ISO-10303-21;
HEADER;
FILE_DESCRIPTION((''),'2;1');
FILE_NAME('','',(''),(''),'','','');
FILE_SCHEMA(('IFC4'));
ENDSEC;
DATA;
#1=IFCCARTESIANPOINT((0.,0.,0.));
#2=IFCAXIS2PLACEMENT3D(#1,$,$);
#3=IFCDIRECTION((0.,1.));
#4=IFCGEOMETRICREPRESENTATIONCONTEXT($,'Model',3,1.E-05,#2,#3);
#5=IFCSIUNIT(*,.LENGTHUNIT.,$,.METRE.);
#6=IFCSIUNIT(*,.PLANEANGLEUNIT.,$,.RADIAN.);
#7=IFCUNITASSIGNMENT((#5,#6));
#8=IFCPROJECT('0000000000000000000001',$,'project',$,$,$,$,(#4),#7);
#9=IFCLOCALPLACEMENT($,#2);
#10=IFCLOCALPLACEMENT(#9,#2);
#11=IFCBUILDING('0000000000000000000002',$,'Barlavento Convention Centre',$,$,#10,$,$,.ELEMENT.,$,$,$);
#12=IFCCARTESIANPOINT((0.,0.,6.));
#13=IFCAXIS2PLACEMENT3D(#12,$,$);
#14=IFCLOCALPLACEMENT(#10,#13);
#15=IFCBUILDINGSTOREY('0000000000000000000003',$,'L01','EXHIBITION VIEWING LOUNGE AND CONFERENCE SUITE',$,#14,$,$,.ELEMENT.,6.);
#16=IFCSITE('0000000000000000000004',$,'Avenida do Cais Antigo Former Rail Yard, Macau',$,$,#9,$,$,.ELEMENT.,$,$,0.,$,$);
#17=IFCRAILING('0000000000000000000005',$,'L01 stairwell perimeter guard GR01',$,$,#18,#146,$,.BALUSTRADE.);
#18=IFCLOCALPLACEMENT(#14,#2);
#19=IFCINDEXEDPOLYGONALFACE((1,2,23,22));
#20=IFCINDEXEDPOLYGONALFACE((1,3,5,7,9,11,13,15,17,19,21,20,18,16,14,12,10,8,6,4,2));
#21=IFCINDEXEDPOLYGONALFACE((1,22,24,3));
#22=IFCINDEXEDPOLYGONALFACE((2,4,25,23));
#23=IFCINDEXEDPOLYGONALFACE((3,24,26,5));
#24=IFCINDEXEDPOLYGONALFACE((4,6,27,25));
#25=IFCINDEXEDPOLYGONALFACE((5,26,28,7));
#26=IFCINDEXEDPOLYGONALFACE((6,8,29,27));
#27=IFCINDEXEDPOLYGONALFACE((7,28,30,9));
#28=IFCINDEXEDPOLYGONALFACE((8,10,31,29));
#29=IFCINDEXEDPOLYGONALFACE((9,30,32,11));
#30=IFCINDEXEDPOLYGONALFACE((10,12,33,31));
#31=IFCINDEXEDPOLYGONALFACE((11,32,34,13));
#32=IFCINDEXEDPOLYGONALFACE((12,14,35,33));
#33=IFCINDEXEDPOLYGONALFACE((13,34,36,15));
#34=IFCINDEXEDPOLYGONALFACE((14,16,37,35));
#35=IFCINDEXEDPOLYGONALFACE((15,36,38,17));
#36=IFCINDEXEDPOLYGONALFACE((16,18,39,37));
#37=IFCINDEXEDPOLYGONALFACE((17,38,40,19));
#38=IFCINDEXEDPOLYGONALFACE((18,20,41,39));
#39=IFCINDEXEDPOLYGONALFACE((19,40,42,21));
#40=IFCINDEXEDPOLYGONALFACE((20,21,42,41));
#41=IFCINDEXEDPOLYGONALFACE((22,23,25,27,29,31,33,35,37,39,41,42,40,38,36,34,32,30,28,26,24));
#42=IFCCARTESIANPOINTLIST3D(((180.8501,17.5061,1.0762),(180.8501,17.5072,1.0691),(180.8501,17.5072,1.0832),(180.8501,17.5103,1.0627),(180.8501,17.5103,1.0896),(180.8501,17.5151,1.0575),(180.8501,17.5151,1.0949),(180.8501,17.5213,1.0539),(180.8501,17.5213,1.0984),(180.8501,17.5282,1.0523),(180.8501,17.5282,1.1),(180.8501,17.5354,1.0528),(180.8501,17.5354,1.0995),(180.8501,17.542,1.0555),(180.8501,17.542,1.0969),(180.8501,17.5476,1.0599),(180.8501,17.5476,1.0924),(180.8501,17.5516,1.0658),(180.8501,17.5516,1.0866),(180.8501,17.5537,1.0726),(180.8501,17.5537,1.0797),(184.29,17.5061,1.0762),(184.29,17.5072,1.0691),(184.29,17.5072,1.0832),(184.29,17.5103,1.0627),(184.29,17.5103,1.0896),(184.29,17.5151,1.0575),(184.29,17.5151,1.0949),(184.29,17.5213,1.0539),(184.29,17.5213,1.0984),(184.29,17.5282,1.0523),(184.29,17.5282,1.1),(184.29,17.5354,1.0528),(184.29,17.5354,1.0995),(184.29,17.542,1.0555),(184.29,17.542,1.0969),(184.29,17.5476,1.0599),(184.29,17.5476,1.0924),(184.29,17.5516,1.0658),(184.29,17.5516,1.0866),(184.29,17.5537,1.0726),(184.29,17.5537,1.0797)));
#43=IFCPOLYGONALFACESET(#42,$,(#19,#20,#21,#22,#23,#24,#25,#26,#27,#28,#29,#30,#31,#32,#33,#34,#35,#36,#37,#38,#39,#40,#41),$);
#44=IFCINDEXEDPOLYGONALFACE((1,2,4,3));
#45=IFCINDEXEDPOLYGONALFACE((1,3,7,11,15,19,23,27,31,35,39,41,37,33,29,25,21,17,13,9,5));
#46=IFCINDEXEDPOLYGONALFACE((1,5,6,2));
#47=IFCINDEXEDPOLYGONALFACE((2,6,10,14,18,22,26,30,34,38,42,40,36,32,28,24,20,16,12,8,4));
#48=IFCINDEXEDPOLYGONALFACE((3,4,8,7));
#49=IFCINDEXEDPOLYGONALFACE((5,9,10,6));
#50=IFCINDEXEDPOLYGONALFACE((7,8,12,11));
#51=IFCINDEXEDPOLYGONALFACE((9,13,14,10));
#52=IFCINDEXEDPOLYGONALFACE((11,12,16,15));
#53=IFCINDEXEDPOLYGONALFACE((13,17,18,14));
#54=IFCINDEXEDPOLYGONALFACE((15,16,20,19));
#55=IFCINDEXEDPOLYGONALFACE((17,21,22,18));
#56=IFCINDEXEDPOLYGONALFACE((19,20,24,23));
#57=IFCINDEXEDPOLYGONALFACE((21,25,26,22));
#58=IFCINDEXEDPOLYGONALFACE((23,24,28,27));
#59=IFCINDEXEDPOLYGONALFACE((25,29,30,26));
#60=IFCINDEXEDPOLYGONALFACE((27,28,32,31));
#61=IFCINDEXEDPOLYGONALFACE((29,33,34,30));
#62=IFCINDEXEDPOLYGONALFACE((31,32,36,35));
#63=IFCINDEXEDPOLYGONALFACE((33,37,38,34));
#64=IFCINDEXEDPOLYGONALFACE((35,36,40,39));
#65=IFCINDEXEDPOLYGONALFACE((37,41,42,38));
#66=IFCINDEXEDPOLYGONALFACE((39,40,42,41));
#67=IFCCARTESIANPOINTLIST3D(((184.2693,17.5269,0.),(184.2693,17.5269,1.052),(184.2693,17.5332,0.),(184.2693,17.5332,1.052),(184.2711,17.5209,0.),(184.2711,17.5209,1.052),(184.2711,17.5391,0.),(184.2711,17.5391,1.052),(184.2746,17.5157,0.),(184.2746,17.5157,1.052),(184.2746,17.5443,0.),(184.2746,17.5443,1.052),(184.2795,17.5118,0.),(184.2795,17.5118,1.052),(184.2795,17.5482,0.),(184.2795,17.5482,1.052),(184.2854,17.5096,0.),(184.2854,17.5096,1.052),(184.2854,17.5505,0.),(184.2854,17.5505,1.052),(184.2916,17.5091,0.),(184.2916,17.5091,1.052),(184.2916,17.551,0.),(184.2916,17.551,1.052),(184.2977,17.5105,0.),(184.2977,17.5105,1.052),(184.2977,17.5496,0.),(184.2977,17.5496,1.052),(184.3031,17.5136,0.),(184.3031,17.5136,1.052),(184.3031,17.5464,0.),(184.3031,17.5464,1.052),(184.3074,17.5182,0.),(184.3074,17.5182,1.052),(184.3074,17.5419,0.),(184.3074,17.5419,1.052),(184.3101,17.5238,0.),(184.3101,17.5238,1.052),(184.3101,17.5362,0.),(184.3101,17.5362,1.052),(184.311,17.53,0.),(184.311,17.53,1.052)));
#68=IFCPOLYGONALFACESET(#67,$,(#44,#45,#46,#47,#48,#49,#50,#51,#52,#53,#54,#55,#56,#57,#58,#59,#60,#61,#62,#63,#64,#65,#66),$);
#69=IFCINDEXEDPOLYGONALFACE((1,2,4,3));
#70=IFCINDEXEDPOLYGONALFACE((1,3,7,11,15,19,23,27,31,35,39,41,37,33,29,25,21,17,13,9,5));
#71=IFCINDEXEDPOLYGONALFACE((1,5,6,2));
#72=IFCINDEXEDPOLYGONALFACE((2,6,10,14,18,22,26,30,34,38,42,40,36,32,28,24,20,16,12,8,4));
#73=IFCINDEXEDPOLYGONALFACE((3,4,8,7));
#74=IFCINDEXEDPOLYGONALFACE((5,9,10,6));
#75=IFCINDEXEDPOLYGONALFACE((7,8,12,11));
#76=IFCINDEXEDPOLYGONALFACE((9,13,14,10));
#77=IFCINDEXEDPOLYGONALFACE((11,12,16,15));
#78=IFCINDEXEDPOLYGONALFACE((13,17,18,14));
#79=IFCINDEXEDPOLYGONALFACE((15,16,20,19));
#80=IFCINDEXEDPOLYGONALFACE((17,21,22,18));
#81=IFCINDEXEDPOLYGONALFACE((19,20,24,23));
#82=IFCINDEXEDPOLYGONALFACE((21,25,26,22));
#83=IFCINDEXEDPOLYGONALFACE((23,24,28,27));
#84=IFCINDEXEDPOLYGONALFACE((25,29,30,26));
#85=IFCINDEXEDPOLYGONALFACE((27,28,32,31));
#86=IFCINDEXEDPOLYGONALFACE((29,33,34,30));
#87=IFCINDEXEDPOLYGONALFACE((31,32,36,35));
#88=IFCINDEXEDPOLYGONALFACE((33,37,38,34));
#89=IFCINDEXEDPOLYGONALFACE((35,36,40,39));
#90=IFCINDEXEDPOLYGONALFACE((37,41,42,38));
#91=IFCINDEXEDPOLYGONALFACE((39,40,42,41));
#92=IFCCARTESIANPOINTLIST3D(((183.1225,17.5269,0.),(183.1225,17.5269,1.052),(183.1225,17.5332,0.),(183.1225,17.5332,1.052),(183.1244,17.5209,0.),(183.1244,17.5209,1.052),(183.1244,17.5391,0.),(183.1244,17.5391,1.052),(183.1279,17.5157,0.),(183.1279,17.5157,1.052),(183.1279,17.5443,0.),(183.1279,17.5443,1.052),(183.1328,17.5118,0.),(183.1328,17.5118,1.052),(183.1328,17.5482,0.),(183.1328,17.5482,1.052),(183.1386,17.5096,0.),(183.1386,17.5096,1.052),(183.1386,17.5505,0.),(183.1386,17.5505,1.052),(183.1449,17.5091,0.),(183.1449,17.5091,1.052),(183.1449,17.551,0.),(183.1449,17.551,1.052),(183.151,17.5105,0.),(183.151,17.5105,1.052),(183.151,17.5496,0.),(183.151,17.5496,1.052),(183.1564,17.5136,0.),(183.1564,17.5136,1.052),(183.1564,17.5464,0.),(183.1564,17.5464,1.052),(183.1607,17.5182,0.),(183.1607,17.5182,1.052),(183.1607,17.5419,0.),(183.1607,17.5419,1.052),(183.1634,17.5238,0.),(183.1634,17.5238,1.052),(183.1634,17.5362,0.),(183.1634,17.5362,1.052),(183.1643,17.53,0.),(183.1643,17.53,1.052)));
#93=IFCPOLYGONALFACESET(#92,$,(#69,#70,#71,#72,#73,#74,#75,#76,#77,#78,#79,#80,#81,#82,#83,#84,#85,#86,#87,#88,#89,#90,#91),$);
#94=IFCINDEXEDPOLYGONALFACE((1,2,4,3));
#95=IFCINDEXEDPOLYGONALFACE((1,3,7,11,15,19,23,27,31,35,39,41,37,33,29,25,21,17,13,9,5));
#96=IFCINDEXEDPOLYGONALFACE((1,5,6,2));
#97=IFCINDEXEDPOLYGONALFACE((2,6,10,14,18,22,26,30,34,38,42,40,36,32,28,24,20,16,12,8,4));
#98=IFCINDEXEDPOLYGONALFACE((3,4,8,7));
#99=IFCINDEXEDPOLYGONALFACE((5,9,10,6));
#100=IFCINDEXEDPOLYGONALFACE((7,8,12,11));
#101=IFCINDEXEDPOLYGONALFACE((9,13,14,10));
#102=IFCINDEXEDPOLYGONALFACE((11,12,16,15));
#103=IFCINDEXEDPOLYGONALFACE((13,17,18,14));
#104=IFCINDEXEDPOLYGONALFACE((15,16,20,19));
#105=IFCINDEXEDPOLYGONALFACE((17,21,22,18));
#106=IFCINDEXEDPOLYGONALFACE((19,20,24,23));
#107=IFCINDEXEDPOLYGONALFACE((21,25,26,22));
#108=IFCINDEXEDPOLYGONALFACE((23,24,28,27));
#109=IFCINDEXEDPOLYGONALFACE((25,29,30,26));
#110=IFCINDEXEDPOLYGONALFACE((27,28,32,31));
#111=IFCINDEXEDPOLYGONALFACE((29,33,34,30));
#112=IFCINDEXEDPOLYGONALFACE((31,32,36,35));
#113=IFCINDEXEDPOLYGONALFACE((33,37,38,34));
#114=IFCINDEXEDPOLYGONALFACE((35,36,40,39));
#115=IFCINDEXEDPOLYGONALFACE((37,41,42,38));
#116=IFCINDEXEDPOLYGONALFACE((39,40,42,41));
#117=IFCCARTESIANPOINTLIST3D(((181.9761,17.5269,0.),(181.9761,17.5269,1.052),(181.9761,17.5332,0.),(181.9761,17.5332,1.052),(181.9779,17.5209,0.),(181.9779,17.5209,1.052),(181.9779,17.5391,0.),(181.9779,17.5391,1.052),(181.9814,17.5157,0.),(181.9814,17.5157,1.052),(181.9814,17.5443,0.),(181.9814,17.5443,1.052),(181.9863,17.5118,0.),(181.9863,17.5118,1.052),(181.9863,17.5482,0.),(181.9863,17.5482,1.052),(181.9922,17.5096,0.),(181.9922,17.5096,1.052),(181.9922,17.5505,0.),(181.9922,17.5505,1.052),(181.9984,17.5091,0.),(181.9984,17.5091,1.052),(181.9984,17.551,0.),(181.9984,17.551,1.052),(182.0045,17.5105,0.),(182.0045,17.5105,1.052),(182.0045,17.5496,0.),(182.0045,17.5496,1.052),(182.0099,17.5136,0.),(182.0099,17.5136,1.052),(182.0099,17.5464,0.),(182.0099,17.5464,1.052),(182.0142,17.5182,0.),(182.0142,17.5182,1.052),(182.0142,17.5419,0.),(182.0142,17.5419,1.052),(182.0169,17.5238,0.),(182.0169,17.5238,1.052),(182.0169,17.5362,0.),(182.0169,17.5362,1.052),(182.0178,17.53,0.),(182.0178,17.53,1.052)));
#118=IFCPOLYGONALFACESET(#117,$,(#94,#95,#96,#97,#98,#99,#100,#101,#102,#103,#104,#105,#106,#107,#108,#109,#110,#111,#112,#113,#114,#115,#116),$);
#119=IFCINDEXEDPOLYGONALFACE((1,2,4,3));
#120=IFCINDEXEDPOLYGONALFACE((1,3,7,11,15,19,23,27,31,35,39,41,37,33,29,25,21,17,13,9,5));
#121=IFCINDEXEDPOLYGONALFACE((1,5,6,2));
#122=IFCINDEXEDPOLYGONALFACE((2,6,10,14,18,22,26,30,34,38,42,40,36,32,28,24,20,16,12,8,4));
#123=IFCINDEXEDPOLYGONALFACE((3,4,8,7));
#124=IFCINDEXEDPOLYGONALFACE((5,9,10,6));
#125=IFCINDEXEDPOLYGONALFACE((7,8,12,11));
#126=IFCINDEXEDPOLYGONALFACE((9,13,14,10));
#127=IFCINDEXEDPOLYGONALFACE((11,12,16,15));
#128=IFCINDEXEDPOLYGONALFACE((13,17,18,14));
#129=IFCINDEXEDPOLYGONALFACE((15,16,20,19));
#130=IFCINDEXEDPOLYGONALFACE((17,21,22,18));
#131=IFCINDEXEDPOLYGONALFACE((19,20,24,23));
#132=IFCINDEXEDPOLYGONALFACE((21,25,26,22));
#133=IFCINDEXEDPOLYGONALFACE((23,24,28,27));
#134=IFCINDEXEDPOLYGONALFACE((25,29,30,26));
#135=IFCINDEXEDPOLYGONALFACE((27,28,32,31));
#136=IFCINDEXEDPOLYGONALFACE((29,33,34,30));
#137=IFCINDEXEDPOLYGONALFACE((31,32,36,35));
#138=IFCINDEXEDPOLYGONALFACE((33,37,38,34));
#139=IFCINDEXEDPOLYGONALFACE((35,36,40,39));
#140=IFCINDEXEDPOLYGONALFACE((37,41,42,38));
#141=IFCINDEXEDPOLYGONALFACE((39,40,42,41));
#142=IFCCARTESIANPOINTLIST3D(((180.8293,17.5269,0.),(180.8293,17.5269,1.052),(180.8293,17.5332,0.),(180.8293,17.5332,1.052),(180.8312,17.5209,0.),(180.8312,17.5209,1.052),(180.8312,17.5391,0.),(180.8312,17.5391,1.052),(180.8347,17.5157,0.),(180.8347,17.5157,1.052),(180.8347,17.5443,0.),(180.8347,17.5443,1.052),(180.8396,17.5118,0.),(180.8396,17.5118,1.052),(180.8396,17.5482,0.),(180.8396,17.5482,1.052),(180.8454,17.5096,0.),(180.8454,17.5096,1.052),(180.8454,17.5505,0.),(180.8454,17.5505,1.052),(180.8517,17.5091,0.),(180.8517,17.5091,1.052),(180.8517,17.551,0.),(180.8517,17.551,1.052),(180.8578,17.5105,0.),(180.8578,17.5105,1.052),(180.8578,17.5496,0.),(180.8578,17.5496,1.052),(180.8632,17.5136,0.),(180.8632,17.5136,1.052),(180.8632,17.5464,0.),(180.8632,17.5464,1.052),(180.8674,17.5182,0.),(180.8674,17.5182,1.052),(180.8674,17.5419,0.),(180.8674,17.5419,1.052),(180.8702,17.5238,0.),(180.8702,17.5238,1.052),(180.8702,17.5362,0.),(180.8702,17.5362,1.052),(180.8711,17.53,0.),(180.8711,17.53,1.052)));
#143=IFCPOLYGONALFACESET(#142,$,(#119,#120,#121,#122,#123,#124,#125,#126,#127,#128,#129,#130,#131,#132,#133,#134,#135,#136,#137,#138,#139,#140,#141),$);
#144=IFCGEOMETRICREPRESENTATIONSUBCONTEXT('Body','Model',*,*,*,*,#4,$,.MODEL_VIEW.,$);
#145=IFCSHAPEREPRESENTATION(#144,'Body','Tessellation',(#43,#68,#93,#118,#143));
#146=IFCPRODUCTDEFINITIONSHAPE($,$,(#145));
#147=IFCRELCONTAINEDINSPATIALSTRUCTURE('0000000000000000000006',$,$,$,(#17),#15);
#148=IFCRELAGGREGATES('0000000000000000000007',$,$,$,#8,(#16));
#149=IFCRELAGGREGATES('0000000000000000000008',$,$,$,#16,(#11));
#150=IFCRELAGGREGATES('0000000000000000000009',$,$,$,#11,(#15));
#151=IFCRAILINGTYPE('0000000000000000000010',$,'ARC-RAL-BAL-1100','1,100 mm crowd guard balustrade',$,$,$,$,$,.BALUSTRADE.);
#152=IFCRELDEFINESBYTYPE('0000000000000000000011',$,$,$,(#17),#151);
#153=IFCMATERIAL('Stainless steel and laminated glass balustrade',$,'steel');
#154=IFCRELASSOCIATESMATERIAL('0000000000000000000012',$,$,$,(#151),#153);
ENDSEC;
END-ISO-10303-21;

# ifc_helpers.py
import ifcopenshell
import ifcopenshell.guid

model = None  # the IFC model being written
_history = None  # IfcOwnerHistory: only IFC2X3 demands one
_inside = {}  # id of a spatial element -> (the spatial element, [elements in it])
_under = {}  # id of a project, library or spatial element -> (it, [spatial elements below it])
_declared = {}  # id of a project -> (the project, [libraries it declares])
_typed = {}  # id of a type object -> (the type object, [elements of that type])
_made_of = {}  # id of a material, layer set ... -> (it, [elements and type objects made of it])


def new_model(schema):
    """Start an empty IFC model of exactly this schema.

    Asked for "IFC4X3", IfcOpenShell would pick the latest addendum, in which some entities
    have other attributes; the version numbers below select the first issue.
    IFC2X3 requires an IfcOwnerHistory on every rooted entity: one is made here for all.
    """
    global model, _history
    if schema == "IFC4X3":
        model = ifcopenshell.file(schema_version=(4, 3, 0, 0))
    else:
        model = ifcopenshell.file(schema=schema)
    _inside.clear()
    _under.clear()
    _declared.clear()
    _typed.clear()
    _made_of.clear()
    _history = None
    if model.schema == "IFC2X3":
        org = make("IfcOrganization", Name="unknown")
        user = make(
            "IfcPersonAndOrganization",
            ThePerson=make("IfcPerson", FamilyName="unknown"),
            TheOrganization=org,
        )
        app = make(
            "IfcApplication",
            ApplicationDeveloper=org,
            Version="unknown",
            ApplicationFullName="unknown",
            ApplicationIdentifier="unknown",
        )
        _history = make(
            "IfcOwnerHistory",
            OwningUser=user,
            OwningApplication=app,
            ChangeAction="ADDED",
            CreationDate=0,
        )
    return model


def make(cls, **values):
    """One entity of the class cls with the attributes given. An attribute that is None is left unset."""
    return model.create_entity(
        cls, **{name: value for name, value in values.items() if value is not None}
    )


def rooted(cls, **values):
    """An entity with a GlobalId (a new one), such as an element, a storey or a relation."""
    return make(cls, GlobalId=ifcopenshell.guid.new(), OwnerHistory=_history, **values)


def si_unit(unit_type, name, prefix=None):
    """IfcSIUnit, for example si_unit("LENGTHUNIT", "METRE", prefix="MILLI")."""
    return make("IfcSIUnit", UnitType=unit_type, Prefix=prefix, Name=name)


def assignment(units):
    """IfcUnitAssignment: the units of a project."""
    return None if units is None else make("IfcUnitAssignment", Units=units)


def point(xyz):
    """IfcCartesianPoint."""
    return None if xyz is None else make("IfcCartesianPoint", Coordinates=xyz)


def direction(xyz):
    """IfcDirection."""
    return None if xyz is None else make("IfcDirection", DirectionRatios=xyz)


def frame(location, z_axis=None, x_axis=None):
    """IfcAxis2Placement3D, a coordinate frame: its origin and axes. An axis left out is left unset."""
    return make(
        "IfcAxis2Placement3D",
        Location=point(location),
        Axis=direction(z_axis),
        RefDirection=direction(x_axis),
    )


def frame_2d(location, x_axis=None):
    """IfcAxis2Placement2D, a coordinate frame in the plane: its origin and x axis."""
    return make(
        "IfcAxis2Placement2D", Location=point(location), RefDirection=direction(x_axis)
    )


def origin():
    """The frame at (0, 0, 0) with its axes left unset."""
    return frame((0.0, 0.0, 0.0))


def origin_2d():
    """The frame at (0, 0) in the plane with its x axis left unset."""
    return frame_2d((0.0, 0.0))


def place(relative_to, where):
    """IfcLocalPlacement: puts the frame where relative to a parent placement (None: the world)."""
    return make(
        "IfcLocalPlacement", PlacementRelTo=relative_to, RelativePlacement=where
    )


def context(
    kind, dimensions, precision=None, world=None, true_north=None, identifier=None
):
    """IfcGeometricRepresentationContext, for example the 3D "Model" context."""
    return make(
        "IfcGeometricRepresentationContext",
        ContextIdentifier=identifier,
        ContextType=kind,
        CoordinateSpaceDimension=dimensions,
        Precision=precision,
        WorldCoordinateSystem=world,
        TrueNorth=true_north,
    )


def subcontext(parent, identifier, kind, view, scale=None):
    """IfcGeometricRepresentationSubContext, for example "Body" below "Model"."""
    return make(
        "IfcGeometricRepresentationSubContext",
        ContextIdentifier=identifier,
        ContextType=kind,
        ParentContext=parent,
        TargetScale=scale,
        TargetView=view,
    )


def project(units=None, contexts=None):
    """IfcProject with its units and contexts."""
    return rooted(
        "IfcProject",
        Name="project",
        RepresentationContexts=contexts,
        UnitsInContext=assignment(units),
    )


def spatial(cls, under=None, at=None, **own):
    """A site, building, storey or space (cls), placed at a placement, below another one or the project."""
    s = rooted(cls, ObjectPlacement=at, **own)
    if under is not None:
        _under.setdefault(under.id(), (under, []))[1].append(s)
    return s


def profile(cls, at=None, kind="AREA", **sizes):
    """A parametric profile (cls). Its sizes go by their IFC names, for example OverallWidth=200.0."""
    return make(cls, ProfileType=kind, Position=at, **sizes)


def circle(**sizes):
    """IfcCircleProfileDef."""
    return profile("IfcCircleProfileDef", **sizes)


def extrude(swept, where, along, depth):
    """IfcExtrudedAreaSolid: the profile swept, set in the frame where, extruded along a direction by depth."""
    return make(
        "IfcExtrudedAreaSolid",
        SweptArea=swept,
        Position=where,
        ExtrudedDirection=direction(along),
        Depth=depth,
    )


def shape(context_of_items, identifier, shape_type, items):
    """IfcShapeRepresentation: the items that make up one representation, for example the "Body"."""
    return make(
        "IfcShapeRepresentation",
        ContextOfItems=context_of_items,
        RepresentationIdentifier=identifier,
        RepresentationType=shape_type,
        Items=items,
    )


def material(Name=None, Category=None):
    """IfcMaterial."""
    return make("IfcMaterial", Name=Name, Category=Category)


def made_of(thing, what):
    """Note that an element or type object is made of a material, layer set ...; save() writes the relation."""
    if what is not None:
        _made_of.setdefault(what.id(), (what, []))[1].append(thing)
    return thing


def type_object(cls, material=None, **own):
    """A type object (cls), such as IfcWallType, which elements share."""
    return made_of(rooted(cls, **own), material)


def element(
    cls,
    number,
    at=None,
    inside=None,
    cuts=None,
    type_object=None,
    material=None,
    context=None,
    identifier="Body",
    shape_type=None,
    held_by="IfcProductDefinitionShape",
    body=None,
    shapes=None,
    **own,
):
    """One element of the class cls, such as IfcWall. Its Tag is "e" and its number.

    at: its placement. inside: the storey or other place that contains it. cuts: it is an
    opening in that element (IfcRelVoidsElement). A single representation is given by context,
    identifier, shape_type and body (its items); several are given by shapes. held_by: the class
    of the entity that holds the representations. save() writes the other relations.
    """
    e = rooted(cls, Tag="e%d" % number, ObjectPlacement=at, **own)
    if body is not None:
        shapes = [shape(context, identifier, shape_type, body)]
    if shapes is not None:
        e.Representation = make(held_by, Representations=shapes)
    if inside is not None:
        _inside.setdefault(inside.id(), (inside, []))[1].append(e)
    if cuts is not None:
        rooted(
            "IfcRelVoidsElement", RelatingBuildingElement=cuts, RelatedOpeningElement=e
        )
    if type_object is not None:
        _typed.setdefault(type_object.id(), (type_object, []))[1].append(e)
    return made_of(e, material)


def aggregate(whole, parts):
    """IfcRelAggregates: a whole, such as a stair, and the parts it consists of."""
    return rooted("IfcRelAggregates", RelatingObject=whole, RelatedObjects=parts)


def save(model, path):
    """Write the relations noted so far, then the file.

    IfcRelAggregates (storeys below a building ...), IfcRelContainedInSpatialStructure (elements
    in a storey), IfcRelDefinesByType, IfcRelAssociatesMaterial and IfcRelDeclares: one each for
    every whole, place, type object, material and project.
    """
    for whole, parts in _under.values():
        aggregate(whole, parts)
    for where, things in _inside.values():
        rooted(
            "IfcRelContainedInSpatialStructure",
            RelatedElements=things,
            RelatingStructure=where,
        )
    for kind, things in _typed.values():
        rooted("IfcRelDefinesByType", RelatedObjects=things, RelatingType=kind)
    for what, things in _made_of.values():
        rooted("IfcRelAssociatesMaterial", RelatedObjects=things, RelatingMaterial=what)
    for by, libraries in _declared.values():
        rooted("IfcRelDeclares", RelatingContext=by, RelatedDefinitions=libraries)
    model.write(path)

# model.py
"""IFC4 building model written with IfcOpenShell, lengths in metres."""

from ifc_helpers import new_model, si_unit, direction, frame, origin, origin_2d, place, context, subcontext, project, spatial, circle, extrude, material, type_object, element, save


model = new_model("IFC4")

# Units and contexts
model_context = context("Model", 3, precision=1e-05, world=origin(), true_north=direction((0.0, 1.0)))
body_context = subcontext(model_context, "Body", "Model", "MODEL_VIEW")
ifc_project = project(units=[si_unit("LENGTHUNIT", "METRE"), si_unit("PLANEANGLEUNIT", "RADIAN")], contexts=[model_context])

# Site, building, storey
site_placement = place(None, origin())
site = spatial("IfcSite", under=ifc_project, at=site_placement, Name="Avenida do Cais Antigo Former Rail Yard, Macau", CompositionType="ELEMENT", RefElevation=0.0)
building_placement = place(site_placement, origin())
building = spatial("IfcBuilding", under=site, at=building_placement, Name="Barlavento Convention Centre", CompositionType="ELEMENT")
storey_placement = place(building_placement, frame((0.0, 0.0, 6.0)))
storey = spatial("IfcBuildingStorey", under=building, at=storey_placement, Name="L01", Description="EXHIBITION VIEWING LOUNGE AND CONFERENCE SUITE", CompositionType="ELEMENT", Elevation=6.0)

# Railing
ifc_material_1 = material(Name="Stainless steel and laminated glass balustrade", Category="steel")
railing_type_1 = type_object("IfcRailingType", Name="ARC-RAL-BAL-1100", Description="1,100 mm crowd guard balustrade", PredefinedType="BALUSTRADE", material=ifc_material_1)
railing_1_placement = place(storey_placement, frame((184.29, 17.53, 0.0)))
element("IfcRailing", 1, at=railing_1_placement, inside=storey, type_object=railing_type_1, Name="L01 stairwell perimeter guard GR01", PredefinedType="BALUSTRADE", context=body_context, shape_type="SweptSolid", body=[
    extrude(circle(Radius=0.0239, at=origin_2d()), frame((0.0, 0.0, 1.0762), z_axis=(-1.0, 0.0, 0.0), x_axis=(0.0, -1.0, 0.0)), (0.0, 0.0, 1.0), 3.4399),
    extrude(circle(Radius=0.021, at=origin_2d()), origin(), (0.0, 0.0, 1.0), 1.052),
    extrude(circle(Radius=0.021, at=origin_2d()), frame((-1.1467, 0.0, 0.0)), (0.0, 0.0, 1.0), 1.052),
    extrude(circle(Radius=0.021, at=origin_2d()), frame((-2.2932, 0.0, 0.0)), (0.0, 0.0, 1.0), 1.052),
    extrude(circle(Radius=0.021, at=origin_2d()), frame((-3.4399, 0.0, 0.0)), (0.0, 0.0, 1.0), 1.052),
])

save(model, "model.ifc")
